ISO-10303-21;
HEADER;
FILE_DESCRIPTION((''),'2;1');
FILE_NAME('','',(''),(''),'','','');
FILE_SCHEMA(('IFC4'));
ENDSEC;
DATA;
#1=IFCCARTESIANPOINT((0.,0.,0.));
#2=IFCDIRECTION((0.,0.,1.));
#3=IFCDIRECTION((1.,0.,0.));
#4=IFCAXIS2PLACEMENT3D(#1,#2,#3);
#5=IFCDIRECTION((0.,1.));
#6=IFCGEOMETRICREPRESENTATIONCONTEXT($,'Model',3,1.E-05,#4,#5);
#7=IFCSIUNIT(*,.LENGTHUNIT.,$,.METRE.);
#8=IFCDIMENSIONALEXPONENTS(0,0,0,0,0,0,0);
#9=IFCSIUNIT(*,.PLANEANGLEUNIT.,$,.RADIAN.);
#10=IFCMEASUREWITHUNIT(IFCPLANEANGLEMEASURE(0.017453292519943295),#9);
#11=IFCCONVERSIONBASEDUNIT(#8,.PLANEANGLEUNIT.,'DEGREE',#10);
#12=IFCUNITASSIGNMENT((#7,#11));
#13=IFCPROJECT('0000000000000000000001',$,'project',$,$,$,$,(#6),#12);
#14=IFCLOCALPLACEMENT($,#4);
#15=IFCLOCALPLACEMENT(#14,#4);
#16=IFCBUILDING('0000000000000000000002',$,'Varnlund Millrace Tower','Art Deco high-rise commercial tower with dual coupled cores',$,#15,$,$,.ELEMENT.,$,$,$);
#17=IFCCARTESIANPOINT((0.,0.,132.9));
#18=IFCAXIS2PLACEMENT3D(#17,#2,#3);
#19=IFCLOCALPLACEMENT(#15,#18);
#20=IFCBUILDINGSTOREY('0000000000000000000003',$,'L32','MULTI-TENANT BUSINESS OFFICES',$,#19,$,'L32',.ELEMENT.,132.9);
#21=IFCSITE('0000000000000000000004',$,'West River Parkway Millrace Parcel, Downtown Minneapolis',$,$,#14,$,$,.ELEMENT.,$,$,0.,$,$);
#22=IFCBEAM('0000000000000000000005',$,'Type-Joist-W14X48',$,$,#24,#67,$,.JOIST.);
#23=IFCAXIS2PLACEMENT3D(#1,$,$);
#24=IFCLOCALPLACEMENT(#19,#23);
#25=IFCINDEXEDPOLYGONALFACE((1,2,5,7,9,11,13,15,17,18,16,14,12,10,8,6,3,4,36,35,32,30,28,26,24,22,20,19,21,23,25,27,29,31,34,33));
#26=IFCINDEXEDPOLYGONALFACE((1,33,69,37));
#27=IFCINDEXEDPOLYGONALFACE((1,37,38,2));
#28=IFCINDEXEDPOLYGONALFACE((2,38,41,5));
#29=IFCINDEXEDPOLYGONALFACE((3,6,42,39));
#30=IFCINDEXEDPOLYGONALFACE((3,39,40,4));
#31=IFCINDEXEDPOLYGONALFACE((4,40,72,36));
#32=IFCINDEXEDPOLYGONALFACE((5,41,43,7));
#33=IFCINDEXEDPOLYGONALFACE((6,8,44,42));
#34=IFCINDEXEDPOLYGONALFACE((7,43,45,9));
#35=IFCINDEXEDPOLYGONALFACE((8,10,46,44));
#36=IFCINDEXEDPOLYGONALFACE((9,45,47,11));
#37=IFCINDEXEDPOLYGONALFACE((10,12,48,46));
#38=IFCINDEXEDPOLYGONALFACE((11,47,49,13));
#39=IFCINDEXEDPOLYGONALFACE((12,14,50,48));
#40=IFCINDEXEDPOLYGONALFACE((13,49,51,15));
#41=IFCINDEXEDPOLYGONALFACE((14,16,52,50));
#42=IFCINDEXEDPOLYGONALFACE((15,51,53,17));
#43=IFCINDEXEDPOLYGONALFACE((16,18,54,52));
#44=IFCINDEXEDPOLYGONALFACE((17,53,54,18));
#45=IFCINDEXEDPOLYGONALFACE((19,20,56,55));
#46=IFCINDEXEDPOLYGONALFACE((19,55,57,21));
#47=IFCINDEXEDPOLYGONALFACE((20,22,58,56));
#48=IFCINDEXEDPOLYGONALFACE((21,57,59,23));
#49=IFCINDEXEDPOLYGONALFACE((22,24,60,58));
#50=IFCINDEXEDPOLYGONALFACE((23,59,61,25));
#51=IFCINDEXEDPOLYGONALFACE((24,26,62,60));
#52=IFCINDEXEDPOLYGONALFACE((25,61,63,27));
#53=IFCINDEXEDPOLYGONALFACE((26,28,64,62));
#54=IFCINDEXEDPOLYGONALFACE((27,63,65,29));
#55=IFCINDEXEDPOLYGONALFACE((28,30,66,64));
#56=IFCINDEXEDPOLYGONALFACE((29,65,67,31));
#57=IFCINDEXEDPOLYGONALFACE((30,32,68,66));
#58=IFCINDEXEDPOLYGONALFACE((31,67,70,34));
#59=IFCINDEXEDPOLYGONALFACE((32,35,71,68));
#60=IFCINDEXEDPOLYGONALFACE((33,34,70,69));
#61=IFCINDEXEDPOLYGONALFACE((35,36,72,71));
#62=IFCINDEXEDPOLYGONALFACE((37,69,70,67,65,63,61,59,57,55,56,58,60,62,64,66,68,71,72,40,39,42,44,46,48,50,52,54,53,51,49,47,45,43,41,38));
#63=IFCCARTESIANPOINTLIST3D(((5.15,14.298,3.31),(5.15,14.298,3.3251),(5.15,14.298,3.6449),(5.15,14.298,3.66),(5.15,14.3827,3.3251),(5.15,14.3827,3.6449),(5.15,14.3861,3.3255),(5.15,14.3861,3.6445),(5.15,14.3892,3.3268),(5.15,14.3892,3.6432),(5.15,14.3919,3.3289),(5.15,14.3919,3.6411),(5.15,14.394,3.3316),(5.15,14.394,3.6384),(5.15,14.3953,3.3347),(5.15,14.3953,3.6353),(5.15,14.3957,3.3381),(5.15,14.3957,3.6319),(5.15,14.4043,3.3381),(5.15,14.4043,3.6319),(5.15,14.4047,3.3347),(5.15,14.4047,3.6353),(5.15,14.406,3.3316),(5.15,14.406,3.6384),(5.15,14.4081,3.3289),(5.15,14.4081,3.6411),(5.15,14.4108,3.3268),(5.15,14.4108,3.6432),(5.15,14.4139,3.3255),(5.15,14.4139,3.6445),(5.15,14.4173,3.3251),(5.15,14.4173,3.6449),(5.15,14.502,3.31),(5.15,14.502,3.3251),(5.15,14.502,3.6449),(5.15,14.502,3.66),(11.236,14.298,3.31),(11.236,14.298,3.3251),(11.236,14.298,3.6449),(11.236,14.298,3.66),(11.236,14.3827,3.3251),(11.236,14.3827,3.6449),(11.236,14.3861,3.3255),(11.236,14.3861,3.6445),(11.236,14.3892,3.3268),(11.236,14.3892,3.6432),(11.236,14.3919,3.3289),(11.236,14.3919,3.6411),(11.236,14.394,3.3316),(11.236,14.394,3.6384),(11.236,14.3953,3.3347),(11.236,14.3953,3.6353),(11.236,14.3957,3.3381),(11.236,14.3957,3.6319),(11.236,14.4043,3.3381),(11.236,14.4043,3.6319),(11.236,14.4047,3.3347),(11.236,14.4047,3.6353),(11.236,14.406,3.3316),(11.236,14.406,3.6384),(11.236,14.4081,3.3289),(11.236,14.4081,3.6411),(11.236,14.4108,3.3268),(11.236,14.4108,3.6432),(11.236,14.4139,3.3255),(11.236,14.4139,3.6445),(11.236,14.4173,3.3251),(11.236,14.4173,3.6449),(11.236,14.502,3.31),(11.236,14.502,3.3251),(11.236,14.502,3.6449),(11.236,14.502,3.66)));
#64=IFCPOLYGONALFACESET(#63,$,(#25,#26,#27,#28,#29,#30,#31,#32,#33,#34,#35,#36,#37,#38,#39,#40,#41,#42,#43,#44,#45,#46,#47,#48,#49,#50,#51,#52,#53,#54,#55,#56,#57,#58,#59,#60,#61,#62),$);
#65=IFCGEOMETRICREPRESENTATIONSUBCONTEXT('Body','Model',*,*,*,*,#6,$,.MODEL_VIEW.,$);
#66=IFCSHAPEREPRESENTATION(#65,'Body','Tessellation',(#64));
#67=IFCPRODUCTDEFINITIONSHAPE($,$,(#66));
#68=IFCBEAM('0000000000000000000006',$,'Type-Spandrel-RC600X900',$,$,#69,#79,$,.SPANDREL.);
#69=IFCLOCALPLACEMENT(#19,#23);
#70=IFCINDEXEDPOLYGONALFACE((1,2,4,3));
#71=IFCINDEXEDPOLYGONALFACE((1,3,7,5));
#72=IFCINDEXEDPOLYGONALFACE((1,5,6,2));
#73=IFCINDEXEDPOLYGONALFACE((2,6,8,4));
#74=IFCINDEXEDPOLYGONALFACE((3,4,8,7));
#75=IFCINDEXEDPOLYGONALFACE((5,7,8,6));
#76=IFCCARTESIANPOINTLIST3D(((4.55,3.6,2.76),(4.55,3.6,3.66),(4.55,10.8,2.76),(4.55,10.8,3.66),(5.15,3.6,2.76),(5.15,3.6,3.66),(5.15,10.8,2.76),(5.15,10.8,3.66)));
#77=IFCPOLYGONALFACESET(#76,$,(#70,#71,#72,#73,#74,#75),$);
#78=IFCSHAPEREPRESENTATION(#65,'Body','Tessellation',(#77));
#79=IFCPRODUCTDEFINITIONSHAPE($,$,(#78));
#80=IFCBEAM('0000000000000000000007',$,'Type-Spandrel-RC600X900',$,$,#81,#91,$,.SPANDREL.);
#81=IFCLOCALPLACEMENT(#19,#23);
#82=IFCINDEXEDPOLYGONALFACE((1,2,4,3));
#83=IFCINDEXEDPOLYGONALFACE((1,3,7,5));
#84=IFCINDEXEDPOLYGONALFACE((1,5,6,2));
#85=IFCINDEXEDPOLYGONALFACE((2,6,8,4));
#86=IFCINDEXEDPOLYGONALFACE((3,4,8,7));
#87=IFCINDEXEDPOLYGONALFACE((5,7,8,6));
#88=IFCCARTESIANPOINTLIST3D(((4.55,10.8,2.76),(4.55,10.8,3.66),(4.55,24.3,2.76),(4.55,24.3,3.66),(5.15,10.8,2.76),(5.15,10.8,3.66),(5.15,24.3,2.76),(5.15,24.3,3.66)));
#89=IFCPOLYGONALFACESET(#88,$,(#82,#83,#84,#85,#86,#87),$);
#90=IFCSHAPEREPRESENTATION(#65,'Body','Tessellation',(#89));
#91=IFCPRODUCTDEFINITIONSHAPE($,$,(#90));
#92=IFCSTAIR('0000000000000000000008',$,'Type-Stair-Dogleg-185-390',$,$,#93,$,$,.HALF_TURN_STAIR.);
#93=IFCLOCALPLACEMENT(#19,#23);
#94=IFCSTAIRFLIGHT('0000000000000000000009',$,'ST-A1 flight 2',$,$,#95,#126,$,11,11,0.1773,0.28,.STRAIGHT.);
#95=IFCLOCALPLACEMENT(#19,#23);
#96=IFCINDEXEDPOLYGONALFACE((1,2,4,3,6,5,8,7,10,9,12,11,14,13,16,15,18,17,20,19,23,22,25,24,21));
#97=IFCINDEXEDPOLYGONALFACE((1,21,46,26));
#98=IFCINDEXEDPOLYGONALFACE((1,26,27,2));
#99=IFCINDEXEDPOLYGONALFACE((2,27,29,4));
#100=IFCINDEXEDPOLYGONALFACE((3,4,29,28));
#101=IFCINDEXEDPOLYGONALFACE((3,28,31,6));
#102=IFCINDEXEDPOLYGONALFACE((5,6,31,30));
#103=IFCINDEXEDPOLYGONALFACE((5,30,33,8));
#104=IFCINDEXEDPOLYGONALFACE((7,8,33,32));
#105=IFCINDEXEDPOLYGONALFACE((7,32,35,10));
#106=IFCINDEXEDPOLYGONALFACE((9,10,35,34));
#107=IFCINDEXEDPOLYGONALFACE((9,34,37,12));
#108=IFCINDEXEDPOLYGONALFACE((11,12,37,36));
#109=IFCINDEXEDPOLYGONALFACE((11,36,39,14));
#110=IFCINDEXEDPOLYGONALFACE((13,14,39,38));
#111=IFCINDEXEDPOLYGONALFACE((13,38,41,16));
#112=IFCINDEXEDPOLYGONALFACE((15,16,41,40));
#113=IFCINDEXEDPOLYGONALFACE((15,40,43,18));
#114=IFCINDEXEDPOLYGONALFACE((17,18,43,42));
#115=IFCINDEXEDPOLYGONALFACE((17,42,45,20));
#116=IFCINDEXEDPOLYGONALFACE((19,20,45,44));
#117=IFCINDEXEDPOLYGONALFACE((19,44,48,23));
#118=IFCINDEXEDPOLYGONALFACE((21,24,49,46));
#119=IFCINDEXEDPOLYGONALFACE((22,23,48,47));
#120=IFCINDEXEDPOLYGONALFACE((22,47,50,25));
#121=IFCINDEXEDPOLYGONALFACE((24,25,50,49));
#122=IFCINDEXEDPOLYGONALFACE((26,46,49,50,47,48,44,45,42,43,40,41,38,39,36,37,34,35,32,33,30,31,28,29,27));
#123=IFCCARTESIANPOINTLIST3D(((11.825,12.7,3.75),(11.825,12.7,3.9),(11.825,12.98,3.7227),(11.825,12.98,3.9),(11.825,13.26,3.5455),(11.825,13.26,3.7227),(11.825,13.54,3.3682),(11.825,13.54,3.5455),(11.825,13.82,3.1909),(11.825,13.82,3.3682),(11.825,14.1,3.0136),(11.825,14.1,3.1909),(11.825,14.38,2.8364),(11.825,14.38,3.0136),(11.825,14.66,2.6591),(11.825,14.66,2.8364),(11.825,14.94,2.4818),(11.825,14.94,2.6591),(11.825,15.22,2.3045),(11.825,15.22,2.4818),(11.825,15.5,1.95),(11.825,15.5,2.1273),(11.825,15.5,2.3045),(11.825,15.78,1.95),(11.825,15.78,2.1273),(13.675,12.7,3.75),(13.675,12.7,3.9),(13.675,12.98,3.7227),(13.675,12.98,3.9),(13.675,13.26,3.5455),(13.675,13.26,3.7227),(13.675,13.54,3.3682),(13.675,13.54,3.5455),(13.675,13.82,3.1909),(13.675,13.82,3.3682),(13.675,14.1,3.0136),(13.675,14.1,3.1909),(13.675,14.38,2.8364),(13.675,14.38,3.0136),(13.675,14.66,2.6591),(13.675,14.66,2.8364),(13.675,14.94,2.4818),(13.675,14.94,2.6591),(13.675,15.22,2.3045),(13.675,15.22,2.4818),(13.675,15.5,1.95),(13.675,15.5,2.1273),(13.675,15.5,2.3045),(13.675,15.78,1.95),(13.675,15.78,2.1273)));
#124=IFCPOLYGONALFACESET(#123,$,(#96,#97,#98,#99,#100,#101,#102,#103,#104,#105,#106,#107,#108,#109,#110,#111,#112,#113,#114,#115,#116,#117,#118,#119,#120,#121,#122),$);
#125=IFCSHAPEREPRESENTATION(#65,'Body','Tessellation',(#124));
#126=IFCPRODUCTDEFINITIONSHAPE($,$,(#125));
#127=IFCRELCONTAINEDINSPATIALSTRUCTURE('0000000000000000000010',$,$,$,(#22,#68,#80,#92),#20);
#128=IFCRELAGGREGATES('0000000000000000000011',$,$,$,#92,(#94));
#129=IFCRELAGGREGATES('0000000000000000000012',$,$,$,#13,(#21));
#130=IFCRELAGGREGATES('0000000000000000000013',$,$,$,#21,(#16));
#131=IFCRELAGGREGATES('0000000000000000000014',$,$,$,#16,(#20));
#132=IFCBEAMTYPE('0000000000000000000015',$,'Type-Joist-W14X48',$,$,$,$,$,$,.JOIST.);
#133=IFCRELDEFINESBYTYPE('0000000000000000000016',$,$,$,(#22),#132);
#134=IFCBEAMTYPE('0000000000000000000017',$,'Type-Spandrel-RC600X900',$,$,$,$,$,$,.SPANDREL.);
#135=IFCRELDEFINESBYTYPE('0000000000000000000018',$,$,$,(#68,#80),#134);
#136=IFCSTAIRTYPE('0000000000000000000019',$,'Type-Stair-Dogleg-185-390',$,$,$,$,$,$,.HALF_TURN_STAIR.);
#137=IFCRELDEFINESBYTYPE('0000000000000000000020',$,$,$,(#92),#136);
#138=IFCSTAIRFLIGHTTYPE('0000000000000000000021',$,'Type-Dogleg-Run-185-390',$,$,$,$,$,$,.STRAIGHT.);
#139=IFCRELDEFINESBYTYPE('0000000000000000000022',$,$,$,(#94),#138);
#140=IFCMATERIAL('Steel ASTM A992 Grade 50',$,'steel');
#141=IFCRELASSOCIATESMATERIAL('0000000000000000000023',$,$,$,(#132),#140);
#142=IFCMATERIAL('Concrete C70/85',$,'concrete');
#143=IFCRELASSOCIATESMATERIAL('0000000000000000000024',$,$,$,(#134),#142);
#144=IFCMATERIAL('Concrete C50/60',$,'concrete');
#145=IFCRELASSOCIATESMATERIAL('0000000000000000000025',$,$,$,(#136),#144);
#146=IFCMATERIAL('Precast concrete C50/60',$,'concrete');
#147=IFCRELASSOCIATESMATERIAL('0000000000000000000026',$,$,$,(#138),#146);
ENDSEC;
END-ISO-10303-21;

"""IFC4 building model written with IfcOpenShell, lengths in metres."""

from ifc_helpers import new_model, entity, si_unit, converted_unit, direction, frame, origin_with_axes, origin_2d_with_axis, place, context, subcontext, project, spatial, polyline, rectangle, i_section, outline, extrude, material, material_profile, profile_set, type_object, element, aggregate, save


model = new_model("IFC4")

# Units and contexts
model_context = context("Model", 3, precision=1e-05, world=origin_with_axes(), true_north=direction((0.0, 1.0)))
body_context = subcontext(model_context, "Body", "Model", "MODEL_VIEW")
ifc_project = project(units=[si_unit("LENGTHUNIT", "METRE"), converted_unit("PLANEANGLEUNIT", "DEGREE", entity("IfcPlaneAngleMeasure", 0.017453292519943295), si_unit("PLANEANGLEUNIT", "RADIAN"), dimensions=[0, 0, 0, 0, 0, 0, 0])], contexts=[model_context])

# Site, building, storey
site_placement = place(None, origin_with_axes())
site = spatial("IfcSite", under=ifc_project, at=site_placement, Name="West River Parkway Millrace Parcel, Downtown Minneapolis", CompositionType="ELEMENT", RefElevation=0.0)
building_placement = place(site_placement, origin_with_axes())
building = spatial("IfcBuilding", under=site, at=building_placement, Name="Varnlund Millrace Tower", Description="Art Deco high-rise commercial tower with dual coupled cores", CompositionType="ELEMENT")
storey_placement = place(building_placement, frame((0.0, 0.0, 132.9), z_axis=(0.0, 0.0, 1.0), x_axis=(1.0, 0.0, 0.0)))
storey = spatial("IfcBuildingStorey", under=building, at=storey_placement, Name="L32", Description="MULTI-TENANT BUSINESS OFFICES", LongName="L32", CompositionType="ELEMENT", Elevation=132.9)

# Beams
ifc_material_1 = material(Name="Steel ASTM A992 Grade 50", Category="steel")
ifc_material_profile_1 = material_profile(ifc_material_1, i_section(OverallWidth=0.204, OverallDepth=0.35, WebThickness=0.0086, FlangeThickness=0.0151, FilletRadius=0.013, at=origin_2d_with_axis()), Name="Steel ASTM A992 Grade 50")
ifc_profile_set_1 = profile_set([ifc_material_profile_1], Name="Steel ASTM A992 Grade 50")
beam_type_1 = type_object("IfcBeamType", Name="Type-Joist-W14X48", PredefinedType="JOIST", material=ifc_profile_set_1)
for number, where, z_axis, x_axis, name in (
    (1, (5.15, 14.4, 3.485), (1.0, 0.0, 0.0), (0.0, 1.0, 0.0), "Type-Joist-W14X48"),
):
    element("IfcBeam", number, at=place(storey_placement, frame(where, z_axis=z_axis, x_axis=x_axis)), inside=storey, type_object=beam_type_1, Name=name, PredefinedType="JOIST", context=body_context, shape_type="SweptSolid", body=[
        extrude(i_section(OverallWidth=0.204, OverallDepth=0.35, WebThickness=0.0086, FlangeThickness=0.0151, FilletRadius=0.013, at=origin_2d_with_axis()), origin_with_axes(), (0.0, 0.0, 1.0), 6.086),
    ])
ifc_material_2 = material(Name="Concrete C70/85", Category="concrete")
ifc_material_profile_2 = material_profile(ifc_material_2, rectangle(XDim=0.6, YDim=0.9, at=origin_2d_with_axis()), Name="Concrete C70/85")
ifc_profile_set_2 = profile_set([ifc_material_profile_2], Name="Concrete C70/85")
beam_type_2 = type_object("IfcBeamType", Name="Type-Spandrel-RC600X900", PredefinedType="SPANDREL", material=ifc_profile_set_2)
beam_1_placement = place(storey_placement, frame((4.85, 3.6, 3.21), z_axis=(0.0, 1.0, 0.0), x_axis=(-1.0, 0.0, 0.0)))
element("IfcBeam", 2, at=beam_1_placement, inside=storey, type_object=beam_type_2, Name="Type-Spandrel-RC600X900", PredefinedType="SPANDREL", context=body_context, shape_type="SweptSolid", body=[
    extrude(rectangle(XDim=0.6, YDim=0.9, at=origin_2d_with_axis()), origin_with_axes(), (0.0, 0.0, 1.0), 7.2),
])
beam_2_placement = place(storey_placement, frame((4.85, 10.8, 3.21), z_axis=(0.0, 1.0, 0.0), x_axis=(-1.0, 0.0, 0.0)))
element("IfcBeam", 3, at=beam_2_placement, inside=storey, type_object=beam_type_2, Name="Type-Spandrel-RC600X900", PredefinedType="SPANDREL", context=body_context, shape_type="SweptSolid", body=[
    extrude(rectangle(XDim=0.6, YDim=0.9, at=origin_2d_with_axis()), origin_with_axes(), (0.0, 0.0, 1.0), 13.5),
])

# Stair, stair flight
ifc_material_3 = material(Name="Concrete C50/60", Category="concrete")
stair_type = type_object("IfcStairType", Name="Type-Stair-Dogleg-185-390", PredefinedType="HALF_TURN_STAIR", material=ifc_material_3)
stair_placement = place(storey_placement, origin_with_axes())
stair = element("IfcStair", 4, at=stair_placement, inside=storey, type_object=stair_type, Name="Type-Stair-Dogleg-185-390", PredefinedType="HALF_TURN_STAIR")
ifc_material_4 = material(Name="Precast concrete C50/60", Category="concrete")
stair_flight_type = type_object("IfcStairFlightType", Name="Type-Dogleg-Run-185-390", PredefinedType="STRAIGHT", material=ifc_material_4)
stair_flight_placement = place(storey_placement, frame((13.675, 15.78, 1.95), z_axis=(-1.0, 0.0, 0.0), x_axis=(0.0, -1.0, 0.0)))
stair_flight = element("IfcStairFlight", 5, at=stair_flight_placement, type_object=stair_flight_type, Name="ST-A1 flight 2", NumberOfRisers=11, NumberOfTreads=11, PredefinedType="STRAIGHT", RiserHeight=0.1773, TreadLength=0.28, context=body_context, shape_type="SweptSolid", body=[
    extrude(outline(polyline([(0.0, 0.0), (0.0, 0.1773), (0.28, 0.1773), (0.28, 0.3545), (0.56, 0.3545), (0.56, 0.5318), (0.84, 0.5318), (0.84, 0.7091), (1.12, 0.7091), (1.12, 0.8864), (1.4, 0.8864), (1.4, 1.0636), (1.68, 1.0636), (1.68, 1.2409), (1.96, 1.2409), (1.96, 1.4182), (2.24, 1.4182), (2.24, 1.5955), (2.52, 1.5955), (2.52, 1.7727), (2.8, 1.7727), (2.8, 1.95), (3.08, 1.95), (3.08, 1.8), (0.28, 0.0), (0.0, 0.0)])), origin_with_axes(), (0.0, 0.0, 1.0), 1.85),
])
aggregate(stair, [stair_flight])

save(model, "model.ifc")
